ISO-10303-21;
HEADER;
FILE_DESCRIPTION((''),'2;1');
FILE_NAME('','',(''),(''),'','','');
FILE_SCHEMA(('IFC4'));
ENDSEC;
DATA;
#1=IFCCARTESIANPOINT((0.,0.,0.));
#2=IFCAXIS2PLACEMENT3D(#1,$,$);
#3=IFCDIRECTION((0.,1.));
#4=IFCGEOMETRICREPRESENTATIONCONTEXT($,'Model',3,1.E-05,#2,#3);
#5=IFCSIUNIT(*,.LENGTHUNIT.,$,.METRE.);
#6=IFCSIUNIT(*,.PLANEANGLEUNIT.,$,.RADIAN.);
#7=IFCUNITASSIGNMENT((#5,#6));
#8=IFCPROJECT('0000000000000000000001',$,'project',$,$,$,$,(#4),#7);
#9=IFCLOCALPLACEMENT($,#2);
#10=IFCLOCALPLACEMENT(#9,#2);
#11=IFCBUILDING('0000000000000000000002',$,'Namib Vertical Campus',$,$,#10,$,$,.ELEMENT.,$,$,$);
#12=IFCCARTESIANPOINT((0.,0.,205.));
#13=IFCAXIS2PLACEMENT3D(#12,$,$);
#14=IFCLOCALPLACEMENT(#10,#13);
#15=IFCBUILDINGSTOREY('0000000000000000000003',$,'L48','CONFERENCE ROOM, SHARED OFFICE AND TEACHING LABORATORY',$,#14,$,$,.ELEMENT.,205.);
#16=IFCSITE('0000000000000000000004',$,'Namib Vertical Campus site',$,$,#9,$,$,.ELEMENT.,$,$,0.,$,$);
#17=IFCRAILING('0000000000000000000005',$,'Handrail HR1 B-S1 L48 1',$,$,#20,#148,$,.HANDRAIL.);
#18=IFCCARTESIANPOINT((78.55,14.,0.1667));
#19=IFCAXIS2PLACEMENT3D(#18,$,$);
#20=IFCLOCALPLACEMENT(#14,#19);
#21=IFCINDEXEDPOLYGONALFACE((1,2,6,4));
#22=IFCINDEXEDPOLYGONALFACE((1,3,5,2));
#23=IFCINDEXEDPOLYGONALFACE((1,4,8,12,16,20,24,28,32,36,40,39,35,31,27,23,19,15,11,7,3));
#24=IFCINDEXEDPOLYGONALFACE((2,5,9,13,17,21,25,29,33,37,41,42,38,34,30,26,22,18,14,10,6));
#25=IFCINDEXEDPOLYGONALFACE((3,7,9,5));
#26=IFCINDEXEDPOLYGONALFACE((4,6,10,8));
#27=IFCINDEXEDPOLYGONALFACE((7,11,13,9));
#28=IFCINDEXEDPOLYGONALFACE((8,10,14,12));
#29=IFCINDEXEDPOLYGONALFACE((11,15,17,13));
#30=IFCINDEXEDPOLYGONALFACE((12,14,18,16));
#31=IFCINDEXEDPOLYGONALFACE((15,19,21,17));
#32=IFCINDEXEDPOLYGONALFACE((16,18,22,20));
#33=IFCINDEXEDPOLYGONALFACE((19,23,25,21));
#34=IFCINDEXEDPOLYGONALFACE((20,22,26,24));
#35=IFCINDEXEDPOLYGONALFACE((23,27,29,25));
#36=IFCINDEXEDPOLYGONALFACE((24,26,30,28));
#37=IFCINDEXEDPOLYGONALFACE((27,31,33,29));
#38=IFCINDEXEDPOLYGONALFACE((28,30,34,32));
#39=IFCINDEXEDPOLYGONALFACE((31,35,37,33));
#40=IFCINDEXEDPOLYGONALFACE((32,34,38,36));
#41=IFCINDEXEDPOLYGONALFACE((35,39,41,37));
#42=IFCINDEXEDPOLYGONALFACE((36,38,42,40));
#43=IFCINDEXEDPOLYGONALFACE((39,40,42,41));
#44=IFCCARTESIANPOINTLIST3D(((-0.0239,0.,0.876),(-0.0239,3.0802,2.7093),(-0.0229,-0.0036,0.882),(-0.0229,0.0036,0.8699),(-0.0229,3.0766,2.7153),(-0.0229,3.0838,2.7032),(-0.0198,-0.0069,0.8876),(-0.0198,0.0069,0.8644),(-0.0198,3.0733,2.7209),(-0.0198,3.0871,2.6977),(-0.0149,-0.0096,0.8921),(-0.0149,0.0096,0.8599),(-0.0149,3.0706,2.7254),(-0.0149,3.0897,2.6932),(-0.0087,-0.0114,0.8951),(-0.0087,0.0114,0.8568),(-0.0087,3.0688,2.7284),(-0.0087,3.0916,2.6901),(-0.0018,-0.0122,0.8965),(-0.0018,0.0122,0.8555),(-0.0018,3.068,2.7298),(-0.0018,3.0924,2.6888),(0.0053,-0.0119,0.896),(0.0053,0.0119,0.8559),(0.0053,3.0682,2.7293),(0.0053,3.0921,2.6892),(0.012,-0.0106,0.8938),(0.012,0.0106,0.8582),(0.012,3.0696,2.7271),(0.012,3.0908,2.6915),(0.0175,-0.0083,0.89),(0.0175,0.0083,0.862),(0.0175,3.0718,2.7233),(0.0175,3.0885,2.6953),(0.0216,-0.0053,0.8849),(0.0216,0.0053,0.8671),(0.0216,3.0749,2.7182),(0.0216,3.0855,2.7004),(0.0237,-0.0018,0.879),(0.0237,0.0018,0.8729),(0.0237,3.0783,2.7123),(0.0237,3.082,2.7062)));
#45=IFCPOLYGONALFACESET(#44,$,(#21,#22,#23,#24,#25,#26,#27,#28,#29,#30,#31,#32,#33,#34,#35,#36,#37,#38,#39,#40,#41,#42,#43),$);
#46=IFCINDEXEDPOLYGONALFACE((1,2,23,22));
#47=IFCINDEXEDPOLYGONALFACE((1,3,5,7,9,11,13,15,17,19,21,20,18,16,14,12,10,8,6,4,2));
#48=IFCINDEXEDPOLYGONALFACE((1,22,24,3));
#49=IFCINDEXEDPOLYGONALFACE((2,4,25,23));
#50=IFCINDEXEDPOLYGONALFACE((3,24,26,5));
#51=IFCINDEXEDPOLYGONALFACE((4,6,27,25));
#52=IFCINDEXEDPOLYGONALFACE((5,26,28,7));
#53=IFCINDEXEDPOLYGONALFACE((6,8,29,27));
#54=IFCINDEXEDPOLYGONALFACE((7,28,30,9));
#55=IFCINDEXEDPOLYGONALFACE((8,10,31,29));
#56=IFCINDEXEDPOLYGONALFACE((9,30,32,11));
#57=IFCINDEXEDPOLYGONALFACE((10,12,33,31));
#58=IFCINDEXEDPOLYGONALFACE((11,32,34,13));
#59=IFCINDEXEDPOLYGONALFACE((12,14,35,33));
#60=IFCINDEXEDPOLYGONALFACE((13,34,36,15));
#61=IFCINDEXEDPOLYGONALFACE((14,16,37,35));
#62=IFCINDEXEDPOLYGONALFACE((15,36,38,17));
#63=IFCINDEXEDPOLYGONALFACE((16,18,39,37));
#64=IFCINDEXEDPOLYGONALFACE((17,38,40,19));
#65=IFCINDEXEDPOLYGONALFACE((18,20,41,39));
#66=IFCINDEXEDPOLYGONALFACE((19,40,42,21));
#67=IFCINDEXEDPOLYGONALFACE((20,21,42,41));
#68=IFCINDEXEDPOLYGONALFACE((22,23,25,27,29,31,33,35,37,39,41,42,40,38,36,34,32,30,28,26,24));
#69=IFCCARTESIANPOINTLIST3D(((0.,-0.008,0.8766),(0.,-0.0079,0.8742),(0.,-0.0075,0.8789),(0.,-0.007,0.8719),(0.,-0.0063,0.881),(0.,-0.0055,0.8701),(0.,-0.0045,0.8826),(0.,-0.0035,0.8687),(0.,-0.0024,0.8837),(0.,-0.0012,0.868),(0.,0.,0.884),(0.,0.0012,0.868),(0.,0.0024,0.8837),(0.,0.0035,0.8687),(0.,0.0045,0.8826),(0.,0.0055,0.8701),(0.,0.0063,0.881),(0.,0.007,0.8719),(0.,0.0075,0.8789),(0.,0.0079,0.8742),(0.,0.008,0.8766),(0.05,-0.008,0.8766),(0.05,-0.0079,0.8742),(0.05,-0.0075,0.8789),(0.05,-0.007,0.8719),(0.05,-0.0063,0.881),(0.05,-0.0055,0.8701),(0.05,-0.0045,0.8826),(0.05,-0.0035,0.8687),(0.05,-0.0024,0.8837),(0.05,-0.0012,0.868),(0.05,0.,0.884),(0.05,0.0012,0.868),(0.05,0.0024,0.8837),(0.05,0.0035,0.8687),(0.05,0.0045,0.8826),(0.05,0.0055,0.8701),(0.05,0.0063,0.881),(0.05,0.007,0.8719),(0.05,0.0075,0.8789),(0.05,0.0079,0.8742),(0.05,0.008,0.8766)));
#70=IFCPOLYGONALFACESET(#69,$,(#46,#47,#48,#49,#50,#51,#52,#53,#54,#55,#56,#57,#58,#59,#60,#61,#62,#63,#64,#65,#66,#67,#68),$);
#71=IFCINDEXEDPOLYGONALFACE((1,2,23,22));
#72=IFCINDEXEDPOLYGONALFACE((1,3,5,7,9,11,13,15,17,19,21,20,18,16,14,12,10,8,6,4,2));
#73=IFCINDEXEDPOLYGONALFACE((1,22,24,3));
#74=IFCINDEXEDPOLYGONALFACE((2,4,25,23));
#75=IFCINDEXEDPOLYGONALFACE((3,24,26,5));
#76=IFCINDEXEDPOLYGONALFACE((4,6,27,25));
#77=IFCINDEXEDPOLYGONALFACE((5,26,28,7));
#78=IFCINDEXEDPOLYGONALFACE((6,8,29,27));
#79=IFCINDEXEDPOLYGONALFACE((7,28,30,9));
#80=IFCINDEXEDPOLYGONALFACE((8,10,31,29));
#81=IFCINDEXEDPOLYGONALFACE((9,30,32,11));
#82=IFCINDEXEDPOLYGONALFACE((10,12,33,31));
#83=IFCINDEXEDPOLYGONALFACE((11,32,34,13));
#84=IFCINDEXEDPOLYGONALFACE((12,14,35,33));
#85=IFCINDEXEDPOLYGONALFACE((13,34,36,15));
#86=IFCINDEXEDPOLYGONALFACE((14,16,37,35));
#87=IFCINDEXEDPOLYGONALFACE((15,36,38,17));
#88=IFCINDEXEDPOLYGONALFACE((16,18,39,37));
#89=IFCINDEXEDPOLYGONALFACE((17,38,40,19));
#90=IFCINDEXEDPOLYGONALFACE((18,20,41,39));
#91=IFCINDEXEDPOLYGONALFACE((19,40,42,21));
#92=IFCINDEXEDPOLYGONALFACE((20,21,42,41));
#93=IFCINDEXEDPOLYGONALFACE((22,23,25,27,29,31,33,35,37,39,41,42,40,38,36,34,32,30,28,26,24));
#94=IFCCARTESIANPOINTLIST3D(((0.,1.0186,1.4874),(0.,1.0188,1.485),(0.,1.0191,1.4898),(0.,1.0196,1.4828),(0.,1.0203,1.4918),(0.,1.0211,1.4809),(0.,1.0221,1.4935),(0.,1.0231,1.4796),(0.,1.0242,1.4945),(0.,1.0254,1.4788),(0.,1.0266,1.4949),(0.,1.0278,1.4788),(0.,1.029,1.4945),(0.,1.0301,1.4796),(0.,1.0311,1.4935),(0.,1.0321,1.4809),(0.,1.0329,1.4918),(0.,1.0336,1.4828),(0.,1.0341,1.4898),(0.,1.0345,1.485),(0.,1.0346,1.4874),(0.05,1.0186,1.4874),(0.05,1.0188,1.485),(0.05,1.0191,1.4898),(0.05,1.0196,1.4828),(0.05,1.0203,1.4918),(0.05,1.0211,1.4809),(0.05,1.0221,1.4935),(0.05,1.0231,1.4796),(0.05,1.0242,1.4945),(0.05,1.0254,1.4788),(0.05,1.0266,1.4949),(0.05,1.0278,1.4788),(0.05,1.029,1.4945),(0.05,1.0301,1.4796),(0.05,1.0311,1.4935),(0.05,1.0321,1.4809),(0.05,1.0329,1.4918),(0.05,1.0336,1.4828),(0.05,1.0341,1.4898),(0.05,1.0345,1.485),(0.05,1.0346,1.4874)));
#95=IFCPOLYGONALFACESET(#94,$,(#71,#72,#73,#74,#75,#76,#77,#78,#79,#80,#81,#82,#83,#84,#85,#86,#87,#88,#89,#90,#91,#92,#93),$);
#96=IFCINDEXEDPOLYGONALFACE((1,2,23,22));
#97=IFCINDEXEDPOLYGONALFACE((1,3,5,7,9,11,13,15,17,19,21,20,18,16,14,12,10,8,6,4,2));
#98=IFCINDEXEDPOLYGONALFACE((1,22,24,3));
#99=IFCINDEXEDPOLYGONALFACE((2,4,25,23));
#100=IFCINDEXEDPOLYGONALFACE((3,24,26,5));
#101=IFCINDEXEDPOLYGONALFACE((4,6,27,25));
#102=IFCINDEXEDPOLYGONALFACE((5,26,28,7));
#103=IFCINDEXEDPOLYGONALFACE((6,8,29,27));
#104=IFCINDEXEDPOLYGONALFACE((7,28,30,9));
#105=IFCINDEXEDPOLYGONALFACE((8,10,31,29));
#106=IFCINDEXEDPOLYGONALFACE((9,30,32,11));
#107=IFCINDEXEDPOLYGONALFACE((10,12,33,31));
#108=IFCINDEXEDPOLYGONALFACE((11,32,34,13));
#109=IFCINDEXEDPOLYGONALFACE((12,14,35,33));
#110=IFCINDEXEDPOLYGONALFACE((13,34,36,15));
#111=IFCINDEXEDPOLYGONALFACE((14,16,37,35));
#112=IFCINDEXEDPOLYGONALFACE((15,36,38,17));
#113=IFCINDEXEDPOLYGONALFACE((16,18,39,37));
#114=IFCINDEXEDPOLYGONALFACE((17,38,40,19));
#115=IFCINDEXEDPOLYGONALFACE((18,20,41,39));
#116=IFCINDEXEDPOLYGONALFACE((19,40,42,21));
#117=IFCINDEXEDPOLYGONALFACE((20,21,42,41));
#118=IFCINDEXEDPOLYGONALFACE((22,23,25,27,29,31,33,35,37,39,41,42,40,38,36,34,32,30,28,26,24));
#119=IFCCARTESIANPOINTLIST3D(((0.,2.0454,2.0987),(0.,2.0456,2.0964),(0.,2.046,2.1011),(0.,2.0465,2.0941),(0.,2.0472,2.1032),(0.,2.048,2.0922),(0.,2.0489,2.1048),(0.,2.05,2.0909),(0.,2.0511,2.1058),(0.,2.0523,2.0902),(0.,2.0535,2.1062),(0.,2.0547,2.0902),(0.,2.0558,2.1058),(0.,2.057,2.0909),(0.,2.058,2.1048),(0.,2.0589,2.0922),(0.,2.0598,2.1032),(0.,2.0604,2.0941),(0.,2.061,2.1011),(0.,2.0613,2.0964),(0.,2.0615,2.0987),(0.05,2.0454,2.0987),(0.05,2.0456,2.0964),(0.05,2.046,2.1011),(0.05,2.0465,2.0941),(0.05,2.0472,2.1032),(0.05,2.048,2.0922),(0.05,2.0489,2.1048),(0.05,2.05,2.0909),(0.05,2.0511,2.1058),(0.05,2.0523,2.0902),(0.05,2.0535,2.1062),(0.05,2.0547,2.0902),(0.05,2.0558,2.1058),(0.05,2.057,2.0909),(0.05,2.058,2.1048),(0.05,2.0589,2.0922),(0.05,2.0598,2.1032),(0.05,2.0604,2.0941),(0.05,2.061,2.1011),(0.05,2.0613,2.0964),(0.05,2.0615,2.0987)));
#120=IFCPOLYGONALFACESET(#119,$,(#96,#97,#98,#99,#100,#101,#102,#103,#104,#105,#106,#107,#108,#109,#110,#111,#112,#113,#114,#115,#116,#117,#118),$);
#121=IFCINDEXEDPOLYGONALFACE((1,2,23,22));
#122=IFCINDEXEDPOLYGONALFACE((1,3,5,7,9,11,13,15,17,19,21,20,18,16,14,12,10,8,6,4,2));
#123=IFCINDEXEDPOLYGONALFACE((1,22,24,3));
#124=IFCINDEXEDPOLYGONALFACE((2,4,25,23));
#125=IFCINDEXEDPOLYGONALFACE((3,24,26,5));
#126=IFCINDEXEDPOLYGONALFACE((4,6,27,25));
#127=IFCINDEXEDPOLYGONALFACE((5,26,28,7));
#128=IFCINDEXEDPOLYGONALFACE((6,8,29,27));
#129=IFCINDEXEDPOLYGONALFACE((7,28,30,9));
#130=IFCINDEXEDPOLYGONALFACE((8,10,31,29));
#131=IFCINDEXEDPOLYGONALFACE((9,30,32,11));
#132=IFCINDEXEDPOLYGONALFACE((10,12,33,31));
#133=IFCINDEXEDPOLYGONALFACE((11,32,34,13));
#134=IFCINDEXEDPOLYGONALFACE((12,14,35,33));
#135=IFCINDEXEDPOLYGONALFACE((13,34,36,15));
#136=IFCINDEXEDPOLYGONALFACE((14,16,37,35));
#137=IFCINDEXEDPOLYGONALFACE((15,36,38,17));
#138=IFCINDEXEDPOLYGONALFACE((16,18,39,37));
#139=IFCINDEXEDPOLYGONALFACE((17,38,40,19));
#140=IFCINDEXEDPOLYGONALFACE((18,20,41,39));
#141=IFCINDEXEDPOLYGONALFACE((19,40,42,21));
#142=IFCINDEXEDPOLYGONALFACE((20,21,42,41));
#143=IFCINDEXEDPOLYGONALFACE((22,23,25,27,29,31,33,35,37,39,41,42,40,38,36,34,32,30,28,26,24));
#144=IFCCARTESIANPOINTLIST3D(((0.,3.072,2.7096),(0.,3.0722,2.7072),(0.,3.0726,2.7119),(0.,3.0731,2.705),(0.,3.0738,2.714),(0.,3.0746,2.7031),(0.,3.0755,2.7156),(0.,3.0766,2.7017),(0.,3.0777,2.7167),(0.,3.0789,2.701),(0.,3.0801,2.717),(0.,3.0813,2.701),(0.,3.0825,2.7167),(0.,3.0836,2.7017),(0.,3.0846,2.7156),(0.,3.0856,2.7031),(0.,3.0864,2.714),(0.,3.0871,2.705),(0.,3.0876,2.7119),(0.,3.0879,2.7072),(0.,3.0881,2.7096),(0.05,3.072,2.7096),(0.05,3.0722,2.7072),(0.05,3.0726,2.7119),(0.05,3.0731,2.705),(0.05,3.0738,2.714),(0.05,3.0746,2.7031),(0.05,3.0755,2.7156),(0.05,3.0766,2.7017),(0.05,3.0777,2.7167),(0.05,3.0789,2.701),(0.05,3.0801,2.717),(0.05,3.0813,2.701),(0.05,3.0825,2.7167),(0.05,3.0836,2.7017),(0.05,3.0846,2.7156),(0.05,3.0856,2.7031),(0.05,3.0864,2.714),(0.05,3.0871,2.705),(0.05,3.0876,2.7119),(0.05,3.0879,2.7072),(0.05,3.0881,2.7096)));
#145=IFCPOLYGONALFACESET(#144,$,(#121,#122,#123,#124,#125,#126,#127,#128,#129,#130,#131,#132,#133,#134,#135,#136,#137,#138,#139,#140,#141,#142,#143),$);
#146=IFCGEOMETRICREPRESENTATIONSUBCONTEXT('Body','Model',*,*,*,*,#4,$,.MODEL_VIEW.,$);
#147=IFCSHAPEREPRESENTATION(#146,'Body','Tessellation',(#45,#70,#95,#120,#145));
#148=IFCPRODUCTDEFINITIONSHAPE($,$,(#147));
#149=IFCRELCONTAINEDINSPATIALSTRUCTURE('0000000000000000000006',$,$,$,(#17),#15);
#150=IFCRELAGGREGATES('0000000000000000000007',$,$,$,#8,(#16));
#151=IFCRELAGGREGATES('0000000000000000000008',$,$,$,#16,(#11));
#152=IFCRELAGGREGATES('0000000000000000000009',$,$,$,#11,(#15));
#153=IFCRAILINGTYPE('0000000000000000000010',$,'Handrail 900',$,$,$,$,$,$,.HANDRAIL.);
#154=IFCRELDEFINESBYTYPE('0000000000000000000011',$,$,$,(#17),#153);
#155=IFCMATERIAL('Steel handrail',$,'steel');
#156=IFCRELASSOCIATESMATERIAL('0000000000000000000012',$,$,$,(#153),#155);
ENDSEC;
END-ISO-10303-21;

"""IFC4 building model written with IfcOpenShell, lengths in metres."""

from ifc_helpers import new_model, si_unit, direction, frame, origin, origin_2d, place, context, subcontext, project, spatial, circle, extrude, material, type_object, element, save


model = new_model("IFC4")

# Units and contexts
model_context = context("Model", 3, precision=1e-05, world=origin(), true_north=direction((0.0, 1.0)))
body_context = subcontext(model_context, "Body", "Model", "MODEL_VIEW")
ifc_project = project(units=[si_unit("LENGTHUNIT", "METRE"), si_unit("PLANEANGLEUNIT", "RADIAN")], contexts=[model_context])

# Site, building, storey
site_placement = place(None, origin())
site = spatial("IfcSite", under=ifc_project, at=site_placement, Name="Namib Vertical Campus site", CompositionType="ELEMENT", RefElevation=0.0)
building_placement = place(site_placement, origin())
building = spatial("IfcBuilding", under=site, at=building_placement, Name="Namib Vertical Campus", CompositionType="ELEMENT")
storey_placement = place(building_placement, frame((0.0, 0.0, 205.0)))
storey = spatial("IfcBuildingStorey", under=building, at=storey_placement, Name="L48", Description="CONFERENCE ROOM, SHARED OFFICE AND TEACHING LABORATORY", CompositionType="ELEMENT", Elevation=205.0)

# Railing
ifc_material_1 = material(Name="Steel handrail", Category="steel")
railing_type_1 = type_object("IfcRailingType", Name="Handrail 900", PredefinedType="HANDRAIL", material=ifc_material_1)
railing_1_placement = place(storey_placement, frame((78.55, 14.0, 0.1667)))
element("IfcRailing", 1, at=railing_1_placement, inside=storey, type_object=railing_type_1, Name="Handrail HR1 B-S1 L48 1", PredefinedType="HANDRAIL", context=body_context, shape_type="SweptSolid", body=[
    extrude(circle(Radius=0.0239, at=origin_2d()), frame((0.0, 0.0, 0.876), z_axis=(0.0, 0.859309, 0.511458), x_axis=(-1.0, 0.0, 0.0)), (0.0, 0.0, 1.0), 3.5845),
    extrude(circle(Radius=0.0081, at=origin_2d()), frame((0.0, 0.0, 0.876), z_axis=(1.0, 0.0, 0.0), x_axis=(0.0, 0.0, 1.0)), (0.0, 0.0, 1.0), 0.05),
    extrude(circle(Radius=0.0081, at=origin_2d()), frame((0.0, 1.0266, 1.4868), z_axis=(1.0, 0.0, 0.0), x_axis=(0.0, 0.0, 1.0)), (0.0, 0.0, 1.0), 0.05),
    extrude(circle(Radius=0.0081, at=origin_2d()), frame((0.0, 2.0535, 2.0981), z_axis=(1.0, 0.0, 0.0), x_axis=(0.0, 0.0, 1.0)), (0.0, 0.0, 1.0), 0.05),
    extrude(circle(Radius=0.0081, at=origin_2d()), frame((0.0, 3.0801, 2.709), z_axis=(1.0, 0.0, 0.0), x_axis=(0.0, 0.0, 1.0)), (0.0, 0.0, 1.0), 0.05),
])

save(model, "model.ifc")
